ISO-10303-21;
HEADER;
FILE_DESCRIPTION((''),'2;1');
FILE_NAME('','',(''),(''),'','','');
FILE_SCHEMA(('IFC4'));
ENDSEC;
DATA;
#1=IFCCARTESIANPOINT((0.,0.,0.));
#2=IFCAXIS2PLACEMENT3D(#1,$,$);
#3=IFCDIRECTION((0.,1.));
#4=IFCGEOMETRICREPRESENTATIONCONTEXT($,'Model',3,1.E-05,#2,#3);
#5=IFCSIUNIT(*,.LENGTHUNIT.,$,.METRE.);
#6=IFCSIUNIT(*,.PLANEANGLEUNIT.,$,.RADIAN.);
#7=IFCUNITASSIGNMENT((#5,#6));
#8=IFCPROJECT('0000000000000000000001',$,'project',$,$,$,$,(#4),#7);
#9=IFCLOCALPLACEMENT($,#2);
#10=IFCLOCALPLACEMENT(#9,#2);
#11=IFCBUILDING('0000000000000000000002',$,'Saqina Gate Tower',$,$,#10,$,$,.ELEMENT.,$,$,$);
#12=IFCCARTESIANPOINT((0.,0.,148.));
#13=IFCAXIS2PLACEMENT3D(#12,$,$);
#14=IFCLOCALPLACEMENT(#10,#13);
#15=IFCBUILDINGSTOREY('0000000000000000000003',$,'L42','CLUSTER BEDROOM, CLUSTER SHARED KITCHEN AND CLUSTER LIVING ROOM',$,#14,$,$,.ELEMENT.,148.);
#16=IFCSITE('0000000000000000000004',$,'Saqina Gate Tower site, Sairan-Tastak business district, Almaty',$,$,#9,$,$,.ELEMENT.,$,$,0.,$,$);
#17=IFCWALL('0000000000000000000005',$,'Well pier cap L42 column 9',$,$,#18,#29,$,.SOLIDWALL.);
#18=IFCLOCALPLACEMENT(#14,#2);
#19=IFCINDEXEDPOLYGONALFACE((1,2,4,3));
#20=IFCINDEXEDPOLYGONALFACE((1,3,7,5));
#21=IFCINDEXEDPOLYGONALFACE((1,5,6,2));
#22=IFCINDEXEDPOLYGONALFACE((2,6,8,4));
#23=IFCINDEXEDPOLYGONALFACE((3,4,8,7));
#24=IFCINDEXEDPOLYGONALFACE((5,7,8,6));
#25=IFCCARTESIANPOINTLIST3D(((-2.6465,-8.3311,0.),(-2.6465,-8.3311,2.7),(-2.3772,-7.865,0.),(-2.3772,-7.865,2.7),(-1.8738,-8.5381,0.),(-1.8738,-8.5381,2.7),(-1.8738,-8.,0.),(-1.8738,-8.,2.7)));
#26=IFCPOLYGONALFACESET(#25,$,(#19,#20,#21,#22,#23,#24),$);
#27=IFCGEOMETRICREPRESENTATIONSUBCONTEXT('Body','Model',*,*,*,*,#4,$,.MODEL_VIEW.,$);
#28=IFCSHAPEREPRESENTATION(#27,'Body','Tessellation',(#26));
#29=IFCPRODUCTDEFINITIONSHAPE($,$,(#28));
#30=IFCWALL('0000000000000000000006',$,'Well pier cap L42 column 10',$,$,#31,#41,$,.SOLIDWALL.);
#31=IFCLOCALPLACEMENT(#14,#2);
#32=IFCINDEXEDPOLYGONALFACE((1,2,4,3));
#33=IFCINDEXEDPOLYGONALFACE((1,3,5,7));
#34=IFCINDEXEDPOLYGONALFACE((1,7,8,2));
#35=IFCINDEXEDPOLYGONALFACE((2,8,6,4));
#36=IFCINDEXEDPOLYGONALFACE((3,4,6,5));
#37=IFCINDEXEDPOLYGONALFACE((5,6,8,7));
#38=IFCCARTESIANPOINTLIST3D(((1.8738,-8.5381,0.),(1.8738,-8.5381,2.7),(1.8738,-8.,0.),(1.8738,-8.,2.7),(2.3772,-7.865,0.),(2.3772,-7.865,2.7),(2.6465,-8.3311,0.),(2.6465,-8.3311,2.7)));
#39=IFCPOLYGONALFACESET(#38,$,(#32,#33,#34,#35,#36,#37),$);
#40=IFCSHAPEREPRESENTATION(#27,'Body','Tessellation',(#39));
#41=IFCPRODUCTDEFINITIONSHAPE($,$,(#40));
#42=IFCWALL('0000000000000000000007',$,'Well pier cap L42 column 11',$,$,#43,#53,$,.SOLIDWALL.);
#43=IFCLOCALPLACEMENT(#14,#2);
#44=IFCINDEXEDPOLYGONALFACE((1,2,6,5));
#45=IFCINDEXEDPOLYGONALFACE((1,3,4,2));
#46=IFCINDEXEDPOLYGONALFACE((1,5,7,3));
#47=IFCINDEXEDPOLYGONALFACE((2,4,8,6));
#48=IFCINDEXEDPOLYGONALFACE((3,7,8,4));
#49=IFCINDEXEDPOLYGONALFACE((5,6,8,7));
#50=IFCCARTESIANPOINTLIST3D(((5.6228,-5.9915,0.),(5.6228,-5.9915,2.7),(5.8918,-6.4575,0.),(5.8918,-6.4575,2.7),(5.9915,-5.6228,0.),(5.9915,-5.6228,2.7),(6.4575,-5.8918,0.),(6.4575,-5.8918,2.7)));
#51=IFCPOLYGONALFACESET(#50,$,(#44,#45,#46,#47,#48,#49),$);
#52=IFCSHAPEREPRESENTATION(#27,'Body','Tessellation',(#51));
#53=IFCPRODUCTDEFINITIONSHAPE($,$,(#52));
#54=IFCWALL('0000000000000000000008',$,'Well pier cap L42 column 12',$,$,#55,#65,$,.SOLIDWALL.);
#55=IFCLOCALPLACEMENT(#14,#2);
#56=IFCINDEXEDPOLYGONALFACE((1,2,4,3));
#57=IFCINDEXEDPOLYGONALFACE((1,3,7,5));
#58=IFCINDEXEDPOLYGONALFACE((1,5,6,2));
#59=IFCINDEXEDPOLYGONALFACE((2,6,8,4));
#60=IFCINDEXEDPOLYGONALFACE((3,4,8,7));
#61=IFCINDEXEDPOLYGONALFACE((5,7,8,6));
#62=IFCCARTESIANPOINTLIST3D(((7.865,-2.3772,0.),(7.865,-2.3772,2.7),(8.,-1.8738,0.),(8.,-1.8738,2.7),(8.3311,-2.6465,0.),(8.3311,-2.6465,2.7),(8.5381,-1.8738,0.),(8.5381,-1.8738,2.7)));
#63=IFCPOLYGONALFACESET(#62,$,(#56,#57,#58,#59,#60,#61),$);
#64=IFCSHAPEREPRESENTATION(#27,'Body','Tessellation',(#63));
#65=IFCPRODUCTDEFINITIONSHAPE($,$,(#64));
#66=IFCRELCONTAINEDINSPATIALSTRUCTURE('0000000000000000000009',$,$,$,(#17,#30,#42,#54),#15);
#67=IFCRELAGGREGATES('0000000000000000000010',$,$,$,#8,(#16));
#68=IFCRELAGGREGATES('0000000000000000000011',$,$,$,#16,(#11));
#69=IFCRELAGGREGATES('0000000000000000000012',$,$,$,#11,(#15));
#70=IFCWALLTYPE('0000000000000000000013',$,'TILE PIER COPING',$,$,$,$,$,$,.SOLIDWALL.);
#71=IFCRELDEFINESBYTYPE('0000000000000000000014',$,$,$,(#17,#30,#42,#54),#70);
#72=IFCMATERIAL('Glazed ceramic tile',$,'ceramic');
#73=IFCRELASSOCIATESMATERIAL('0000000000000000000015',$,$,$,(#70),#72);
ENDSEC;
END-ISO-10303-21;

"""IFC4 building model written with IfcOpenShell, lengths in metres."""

from ifc_helpers import new_model, si_unit, direction, frame, origin, place, context, subcontext, project, spatial, polyline, outline, extrude, material, type_object, element, save


model = new_model("IFC4")

# Units and contexts
model_context = context("Model", 3, precision=1e-05, world=origin(), true_north=direction((0.0, 1.0)))
body_context = subcontext(model_context, "Body", "Model", "MODEL_VIEW")
ifc_project = project(units=[si_unit("LENGTHUNIT", "METRE"), si_unit("PLANEANGLEUNIT", "RADIAN")], contexts=[model_context])

# Site, building, storey
site_placement = place(None, origin())
site = spatial("IfcSite", under=ifc_project, at=site_placement, Name="Saqina Gate Tower site, Sairan-Tastak business district, Almaty", CompositionType="ELEMENT", RefElevation=0.0)
building_placement = place(site_placement, origin())
building = spatial("IfcBuilding", under=site, at=building_placement, Name="Saqina Gate Tower", CompositionType="ELEMENT")
storey_placement = place(building_placement, frame((0.0, 0.0, 148.0)))
storey = spatial("IfcBuildingStorey", under=building, at=storey_placement, Name="L42", Description="CLUSTER BEDROOM, CLUSTER SHARED KITCHEN AND CLUSTER LIVING ROOM", CompositionType="ELEMENT", Elevation=148.0)

# Walls
ifc_material_1 = material(Name="Glazed ceramic tile", Category="ceramic")
wall_type_1 = type_object("IfcWallType", Name="TILE PIER COPING", PredefinedType="SOLIDWALL", material=ifc_material_1)
wall_1_placement = place(storey_placement, origin())
element("IfcWall", 1, at=wall_1_placement, inside=storey, type_object=wall_type_1, Name="Well pier cap L42 column 9", PredefinedType="SOLIDWALL", context=body_context, shape_type="SweptSolid", body=[
    extrude(outline(polyline([(-1.8738, -8.5381), (-1.8738, -8.0), (-2.3772, -7.865), (-2.6465, -8.3311), (-1.8738, -8.5381)])), origin(), (0.0, 0.0, 1.0), 2.7),
])
wall_2_placement = place(storey_placement, origin())
element("IfcWall", 2, at=wall_2_placement, inside=storey, type_object=wall_type_1, Name="Well pier cap L42 column 10", PredefinedType="SOLIDWALL", context=body_context, shape_type="SweptSolid", body=[
    extrude(outline(polyline([(2.6465, -8.3311), (2.3772, -7.865), (1.8738, -8.0), (1.8738, -8.5381), (2.6465, -8.3311)])), origin(), (0.0, 0.0, 1.0), 2.7),
])
wall_3_placement = place(storey_placement, origin())
element("IfcWall", 3, at=wall_3_placement, inside=storey, type_object=wall_type_1, Name="Well pier cap L42 column 11", PredefinedType="SOLIDWALL", context=body_context, shape_type="SweptSolid", body=[
    extrude(outline(polyline([(5.8918, -6.4575), (6.4575, -5.8918), (5.9915, -5.6228), (5.6228, -5.9915), (5.8918, -6.4575)])), origin(), (0.0, 0.0, 1.0), 2.7),
])
wall_4_placement = place(storey_placement, origin())
element("IfcWall", 4, at=wall_4_placement, inside=storey, type_object=wall_type_1, Name="Well pier cap L42 column 12", PredefinedType="SOLIDWALL", context=body_context, shape_type="SweptSolid", body=[
    extrude(outline(polyline([(8.5381, -1.8738), (8.0, -1.8738), (7.865, -2.3772), (8.3311, -2.6465), (8.5381, -1.8738)])), origin(), (0.0, 0.0, 1.0), 2.7),
])

save(model, "model.ifc")
